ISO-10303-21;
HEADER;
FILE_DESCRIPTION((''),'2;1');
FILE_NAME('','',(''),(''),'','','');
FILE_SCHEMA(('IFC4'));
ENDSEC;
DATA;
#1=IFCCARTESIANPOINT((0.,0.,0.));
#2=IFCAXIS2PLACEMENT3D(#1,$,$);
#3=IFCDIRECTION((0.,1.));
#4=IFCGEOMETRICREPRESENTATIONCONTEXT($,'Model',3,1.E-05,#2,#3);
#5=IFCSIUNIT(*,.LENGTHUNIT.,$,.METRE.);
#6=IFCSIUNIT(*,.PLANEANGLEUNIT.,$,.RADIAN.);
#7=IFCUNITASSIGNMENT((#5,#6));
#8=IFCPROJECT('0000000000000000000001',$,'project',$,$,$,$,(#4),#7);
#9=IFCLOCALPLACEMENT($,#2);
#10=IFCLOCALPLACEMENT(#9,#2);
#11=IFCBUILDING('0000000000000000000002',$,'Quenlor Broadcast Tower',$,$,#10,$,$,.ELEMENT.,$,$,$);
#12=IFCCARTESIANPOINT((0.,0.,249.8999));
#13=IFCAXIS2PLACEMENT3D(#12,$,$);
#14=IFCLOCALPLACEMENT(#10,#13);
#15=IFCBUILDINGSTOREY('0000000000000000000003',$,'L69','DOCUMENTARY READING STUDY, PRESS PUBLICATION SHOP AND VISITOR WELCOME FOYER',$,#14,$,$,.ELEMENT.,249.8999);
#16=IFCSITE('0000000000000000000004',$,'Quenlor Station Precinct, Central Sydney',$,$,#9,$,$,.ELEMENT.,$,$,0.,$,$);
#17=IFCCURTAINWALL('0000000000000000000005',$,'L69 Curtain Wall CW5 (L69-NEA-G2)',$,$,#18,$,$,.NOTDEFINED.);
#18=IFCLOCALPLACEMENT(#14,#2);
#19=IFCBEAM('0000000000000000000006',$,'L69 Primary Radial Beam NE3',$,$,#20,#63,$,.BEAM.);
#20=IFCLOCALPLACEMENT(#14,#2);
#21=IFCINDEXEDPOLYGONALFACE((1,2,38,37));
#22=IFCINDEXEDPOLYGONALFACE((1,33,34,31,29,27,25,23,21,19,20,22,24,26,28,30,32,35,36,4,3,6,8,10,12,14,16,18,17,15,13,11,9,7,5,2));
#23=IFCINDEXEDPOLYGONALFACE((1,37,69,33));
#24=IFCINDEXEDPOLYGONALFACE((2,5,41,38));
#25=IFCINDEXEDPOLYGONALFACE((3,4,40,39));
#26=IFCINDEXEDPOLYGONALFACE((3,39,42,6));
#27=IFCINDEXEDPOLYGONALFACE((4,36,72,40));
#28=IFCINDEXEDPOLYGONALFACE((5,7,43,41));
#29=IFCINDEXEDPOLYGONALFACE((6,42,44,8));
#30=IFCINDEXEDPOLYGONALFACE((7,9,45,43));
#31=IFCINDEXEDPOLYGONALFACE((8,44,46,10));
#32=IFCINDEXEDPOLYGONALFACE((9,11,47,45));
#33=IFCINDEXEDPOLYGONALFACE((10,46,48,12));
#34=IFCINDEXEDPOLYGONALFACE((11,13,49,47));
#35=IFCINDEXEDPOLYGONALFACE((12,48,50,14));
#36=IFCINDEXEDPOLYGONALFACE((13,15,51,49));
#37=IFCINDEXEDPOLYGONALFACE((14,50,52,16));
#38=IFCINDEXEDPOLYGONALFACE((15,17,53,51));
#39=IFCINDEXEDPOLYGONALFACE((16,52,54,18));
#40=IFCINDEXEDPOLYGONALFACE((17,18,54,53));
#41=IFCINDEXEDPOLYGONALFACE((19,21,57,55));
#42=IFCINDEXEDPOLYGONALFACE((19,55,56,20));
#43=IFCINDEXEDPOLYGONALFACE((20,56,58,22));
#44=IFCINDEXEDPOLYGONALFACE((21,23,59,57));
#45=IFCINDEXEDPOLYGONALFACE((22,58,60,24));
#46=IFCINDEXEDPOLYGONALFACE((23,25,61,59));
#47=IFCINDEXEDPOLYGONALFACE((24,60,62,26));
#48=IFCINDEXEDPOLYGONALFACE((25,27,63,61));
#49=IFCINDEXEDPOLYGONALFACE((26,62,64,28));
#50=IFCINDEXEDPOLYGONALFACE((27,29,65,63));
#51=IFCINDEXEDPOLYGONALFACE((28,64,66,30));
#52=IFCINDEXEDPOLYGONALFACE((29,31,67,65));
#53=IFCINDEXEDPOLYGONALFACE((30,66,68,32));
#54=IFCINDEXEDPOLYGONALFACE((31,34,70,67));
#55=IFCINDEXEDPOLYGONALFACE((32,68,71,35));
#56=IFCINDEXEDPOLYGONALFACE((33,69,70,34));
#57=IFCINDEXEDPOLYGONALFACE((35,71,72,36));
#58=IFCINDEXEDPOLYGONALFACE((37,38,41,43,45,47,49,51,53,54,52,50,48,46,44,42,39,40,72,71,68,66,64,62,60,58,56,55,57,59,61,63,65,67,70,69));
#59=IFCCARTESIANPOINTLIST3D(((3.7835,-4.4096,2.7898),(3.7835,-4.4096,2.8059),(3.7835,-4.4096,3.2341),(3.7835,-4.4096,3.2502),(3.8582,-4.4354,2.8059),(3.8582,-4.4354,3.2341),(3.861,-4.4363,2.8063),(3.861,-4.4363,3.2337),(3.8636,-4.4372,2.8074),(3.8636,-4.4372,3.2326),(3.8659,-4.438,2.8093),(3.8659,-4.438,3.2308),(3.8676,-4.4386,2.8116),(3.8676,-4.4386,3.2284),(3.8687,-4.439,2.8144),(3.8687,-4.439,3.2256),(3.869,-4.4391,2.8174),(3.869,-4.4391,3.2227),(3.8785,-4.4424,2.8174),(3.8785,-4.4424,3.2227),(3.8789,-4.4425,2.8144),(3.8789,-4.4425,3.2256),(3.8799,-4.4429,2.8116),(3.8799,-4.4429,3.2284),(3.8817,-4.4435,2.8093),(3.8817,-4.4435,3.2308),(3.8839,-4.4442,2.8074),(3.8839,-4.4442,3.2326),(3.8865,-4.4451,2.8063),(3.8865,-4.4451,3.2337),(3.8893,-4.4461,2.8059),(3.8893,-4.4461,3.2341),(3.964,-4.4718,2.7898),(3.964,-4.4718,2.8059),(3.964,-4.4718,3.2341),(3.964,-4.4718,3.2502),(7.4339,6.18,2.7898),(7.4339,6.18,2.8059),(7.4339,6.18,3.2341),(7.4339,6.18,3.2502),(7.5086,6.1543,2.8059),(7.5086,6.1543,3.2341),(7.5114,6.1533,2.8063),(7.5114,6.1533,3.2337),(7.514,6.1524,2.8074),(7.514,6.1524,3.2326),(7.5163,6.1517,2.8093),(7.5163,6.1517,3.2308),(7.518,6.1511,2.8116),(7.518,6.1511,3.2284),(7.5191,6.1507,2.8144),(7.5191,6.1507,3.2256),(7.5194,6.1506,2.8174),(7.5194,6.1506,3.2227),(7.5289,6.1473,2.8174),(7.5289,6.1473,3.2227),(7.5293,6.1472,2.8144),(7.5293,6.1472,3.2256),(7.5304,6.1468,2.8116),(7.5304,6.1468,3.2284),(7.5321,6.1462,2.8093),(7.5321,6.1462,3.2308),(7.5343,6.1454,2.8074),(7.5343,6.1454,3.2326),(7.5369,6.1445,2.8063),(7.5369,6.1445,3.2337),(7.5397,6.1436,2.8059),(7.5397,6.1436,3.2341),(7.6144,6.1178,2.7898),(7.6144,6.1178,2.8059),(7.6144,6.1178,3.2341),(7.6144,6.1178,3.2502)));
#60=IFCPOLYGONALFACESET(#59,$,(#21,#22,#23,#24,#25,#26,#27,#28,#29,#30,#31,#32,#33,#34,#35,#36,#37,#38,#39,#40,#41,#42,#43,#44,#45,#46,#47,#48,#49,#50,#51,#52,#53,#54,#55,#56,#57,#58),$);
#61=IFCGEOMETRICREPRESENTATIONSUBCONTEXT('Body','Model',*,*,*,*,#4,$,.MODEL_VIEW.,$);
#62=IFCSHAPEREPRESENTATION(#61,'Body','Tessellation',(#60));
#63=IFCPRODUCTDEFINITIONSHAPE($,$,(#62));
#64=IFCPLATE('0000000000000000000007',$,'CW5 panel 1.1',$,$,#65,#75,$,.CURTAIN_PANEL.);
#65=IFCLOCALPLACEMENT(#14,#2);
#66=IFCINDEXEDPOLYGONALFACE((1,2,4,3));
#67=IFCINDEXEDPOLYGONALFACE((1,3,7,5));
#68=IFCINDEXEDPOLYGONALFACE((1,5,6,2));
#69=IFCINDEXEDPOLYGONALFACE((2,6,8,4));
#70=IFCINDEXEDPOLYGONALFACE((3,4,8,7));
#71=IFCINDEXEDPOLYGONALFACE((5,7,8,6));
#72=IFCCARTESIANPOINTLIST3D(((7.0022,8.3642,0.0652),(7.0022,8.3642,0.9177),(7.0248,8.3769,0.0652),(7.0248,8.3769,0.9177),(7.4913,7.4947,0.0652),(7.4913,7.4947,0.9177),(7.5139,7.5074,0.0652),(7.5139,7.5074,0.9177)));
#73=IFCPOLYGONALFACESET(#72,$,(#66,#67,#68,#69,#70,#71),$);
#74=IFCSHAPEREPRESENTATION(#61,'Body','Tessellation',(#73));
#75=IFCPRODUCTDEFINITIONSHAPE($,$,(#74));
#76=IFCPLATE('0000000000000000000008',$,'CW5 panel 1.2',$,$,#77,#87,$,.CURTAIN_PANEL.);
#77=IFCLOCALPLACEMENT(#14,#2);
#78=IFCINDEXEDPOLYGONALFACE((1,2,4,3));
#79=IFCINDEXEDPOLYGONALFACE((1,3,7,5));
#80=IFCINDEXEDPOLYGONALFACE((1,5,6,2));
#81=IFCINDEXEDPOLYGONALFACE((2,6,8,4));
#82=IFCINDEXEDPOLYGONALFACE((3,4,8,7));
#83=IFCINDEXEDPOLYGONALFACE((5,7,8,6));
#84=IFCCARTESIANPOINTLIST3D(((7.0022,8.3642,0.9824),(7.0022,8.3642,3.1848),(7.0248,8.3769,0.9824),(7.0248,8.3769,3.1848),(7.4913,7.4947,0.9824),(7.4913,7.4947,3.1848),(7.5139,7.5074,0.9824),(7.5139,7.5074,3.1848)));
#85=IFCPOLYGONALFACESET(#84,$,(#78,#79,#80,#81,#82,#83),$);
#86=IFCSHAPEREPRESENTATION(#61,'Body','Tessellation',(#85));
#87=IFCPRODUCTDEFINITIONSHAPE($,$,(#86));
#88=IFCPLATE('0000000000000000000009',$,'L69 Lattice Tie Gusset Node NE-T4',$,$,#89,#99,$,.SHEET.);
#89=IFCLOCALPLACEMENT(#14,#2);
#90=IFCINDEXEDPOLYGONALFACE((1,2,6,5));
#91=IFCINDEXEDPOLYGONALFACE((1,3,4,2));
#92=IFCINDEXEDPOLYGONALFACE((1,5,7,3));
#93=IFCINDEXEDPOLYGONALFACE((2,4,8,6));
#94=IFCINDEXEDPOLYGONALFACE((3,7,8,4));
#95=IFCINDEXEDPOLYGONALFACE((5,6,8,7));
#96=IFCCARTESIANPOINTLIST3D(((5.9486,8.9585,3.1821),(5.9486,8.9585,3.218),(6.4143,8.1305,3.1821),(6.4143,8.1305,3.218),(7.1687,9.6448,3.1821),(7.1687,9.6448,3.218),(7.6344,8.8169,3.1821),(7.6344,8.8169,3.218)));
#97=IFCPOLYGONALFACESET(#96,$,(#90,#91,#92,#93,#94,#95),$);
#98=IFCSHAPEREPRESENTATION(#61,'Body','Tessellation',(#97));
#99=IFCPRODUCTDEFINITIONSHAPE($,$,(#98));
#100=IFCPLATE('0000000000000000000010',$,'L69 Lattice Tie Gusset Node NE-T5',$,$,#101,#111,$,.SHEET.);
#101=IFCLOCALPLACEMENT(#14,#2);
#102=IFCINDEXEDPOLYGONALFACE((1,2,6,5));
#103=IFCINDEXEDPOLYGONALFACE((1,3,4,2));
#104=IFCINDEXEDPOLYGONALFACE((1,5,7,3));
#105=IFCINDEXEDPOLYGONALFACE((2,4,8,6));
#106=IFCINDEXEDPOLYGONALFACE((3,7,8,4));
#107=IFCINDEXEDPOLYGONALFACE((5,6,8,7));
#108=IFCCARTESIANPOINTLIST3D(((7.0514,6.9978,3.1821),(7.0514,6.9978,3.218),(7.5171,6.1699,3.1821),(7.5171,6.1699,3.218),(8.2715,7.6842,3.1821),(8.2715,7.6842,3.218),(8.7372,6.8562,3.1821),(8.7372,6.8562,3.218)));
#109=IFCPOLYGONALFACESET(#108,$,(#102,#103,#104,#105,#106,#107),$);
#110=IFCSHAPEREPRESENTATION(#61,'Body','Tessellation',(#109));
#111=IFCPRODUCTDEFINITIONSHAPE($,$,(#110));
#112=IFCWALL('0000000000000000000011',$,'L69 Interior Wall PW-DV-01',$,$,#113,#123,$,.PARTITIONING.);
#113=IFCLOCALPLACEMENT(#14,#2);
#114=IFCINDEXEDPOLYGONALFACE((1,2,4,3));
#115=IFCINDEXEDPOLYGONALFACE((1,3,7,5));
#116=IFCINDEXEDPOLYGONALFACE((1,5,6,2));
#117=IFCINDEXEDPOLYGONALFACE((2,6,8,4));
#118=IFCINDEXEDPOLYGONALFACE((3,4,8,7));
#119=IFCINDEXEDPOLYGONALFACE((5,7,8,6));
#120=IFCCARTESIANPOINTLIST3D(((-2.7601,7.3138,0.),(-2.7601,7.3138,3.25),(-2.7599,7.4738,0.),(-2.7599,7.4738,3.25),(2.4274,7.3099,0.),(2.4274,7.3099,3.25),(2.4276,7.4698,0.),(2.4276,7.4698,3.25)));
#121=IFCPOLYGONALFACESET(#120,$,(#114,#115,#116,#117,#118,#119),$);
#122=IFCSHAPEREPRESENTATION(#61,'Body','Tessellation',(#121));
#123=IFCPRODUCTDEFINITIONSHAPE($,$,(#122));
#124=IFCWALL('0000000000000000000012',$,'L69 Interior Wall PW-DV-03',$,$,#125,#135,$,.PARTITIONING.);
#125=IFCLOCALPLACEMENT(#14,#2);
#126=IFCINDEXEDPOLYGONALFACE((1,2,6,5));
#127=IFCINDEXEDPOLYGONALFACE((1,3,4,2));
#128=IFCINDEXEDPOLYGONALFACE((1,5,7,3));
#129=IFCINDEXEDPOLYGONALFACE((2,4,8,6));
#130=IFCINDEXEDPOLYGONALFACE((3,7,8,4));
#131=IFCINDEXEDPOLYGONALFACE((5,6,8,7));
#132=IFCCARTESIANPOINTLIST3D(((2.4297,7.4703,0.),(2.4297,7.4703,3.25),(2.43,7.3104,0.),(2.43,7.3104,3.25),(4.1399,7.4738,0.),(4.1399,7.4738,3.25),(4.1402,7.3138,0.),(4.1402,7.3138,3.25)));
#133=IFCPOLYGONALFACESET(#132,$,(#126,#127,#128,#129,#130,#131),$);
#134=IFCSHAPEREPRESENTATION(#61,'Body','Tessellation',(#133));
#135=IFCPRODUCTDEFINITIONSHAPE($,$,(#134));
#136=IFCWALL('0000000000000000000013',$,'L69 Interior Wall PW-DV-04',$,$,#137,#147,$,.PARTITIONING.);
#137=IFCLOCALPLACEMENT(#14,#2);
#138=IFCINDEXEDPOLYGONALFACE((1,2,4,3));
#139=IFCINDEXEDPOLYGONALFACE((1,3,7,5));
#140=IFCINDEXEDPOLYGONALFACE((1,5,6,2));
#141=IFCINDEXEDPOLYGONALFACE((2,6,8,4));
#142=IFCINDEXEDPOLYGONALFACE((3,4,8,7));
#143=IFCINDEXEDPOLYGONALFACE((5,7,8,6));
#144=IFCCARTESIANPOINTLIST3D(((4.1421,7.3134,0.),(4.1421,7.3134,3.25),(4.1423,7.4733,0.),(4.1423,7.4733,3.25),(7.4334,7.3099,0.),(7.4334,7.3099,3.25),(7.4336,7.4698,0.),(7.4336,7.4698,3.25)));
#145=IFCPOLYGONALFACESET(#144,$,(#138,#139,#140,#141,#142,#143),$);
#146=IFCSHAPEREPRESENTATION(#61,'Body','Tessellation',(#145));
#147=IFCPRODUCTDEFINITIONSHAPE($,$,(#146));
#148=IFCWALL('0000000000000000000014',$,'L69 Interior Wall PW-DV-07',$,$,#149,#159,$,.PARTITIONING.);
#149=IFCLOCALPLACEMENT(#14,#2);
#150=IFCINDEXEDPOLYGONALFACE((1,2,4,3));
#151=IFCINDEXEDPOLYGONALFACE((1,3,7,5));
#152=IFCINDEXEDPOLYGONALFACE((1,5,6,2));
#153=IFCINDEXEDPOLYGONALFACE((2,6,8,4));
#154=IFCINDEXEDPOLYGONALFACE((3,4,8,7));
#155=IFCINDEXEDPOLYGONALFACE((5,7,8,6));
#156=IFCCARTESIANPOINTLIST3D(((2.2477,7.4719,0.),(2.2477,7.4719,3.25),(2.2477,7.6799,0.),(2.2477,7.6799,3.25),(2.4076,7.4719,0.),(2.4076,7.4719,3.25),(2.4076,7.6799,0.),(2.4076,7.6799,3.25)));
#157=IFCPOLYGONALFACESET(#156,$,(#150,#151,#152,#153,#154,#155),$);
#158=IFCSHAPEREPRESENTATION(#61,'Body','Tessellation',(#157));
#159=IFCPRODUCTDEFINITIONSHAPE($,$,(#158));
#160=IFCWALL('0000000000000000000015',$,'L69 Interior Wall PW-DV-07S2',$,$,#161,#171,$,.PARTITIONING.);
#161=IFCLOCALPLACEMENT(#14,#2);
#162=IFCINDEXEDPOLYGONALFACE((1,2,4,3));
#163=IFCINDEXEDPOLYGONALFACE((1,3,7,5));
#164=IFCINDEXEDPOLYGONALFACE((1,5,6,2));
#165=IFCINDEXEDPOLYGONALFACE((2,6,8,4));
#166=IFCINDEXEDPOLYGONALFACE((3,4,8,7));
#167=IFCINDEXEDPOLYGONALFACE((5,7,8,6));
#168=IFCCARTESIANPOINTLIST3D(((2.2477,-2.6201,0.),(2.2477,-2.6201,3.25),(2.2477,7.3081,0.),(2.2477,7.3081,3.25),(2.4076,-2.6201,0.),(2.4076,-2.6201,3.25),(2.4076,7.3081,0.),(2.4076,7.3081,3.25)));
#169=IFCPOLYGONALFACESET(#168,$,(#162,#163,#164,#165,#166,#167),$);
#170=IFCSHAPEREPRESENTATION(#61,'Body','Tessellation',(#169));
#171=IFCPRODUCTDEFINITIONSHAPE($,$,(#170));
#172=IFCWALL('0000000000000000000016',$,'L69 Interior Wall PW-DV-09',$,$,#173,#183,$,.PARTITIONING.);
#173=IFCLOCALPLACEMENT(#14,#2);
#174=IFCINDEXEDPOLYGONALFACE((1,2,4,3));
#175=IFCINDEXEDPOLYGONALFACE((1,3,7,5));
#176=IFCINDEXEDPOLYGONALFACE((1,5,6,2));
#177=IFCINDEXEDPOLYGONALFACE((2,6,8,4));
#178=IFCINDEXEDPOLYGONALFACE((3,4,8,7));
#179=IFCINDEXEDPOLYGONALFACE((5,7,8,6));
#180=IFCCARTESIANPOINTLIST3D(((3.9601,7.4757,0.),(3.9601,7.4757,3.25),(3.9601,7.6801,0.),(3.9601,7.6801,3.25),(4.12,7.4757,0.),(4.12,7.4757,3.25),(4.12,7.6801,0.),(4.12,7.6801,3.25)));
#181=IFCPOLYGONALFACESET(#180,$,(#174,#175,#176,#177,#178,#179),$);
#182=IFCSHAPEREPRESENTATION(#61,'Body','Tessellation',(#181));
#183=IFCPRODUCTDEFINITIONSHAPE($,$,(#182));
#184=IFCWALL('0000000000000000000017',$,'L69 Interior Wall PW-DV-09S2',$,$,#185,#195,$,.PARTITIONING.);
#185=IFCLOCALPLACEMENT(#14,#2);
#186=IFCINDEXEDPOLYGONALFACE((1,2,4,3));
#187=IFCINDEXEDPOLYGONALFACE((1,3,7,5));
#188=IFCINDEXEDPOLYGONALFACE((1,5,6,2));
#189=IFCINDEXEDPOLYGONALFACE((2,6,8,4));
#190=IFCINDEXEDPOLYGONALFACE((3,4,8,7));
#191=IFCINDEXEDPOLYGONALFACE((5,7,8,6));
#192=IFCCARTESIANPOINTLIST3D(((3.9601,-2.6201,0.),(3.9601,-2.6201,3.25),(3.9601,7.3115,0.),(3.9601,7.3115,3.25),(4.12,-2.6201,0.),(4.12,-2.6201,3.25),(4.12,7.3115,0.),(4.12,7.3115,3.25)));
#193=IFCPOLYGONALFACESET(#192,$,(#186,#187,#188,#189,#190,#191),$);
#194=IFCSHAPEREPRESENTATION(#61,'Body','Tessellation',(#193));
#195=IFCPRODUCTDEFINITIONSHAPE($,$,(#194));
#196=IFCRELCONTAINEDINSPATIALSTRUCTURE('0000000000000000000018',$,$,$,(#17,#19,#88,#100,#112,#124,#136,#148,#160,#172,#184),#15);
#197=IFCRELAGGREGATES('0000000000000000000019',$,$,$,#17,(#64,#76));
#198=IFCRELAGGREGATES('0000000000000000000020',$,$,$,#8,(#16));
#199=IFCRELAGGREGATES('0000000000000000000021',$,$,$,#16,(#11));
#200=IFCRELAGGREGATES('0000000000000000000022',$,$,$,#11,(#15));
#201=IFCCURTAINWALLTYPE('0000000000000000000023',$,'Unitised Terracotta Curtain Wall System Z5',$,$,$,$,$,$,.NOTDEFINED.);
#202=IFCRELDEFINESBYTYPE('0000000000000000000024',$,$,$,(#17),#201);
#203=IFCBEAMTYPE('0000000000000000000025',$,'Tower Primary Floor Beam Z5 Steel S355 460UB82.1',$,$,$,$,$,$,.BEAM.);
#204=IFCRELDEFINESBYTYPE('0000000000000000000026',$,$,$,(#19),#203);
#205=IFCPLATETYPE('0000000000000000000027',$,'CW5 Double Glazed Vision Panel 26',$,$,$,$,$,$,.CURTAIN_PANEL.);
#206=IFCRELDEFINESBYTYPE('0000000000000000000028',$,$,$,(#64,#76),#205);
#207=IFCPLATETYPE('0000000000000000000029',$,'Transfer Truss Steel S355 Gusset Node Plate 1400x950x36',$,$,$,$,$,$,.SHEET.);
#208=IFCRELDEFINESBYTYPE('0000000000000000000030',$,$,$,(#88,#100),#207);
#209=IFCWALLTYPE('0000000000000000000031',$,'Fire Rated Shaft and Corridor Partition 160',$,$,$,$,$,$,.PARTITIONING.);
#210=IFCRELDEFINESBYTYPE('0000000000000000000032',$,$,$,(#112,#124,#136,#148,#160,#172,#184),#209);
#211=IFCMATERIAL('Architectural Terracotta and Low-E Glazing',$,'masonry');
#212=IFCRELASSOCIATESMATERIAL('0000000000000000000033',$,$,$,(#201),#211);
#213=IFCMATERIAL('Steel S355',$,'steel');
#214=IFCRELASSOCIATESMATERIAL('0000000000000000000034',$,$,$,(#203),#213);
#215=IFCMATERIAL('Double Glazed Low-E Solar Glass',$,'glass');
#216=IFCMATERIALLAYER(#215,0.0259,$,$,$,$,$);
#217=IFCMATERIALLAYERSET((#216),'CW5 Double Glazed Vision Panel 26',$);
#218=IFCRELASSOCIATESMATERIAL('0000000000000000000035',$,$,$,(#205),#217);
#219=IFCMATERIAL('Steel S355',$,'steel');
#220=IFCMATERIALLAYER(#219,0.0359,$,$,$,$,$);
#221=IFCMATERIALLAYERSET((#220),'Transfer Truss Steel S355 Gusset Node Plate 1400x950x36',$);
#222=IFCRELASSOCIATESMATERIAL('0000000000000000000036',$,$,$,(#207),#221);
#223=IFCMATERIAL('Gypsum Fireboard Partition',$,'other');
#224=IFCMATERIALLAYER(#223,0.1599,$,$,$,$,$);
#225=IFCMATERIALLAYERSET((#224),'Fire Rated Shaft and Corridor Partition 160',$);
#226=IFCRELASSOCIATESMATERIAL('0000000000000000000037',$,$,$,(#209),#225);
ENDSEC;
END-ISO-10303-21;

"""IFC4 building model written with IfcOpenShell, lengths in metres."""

from ifc_helpers import new_model, si_unit, direction, frame, frame_2d, origin, origin_2d, place, context, subcontext, project, spatial, rectangle, i_section, extrude, material, layer, layer_set, material_profile, profile_set, type_object, element, aggregate, save


model = new_model("IFC4")

# Units and contexts
model_context = context("Model", 3, precision=1e-05, world=origin(), true_north=direction((0.0, 1.0)))
body_context = subcontext(model_context, "Body", "Model", "MODEL_VIEW")
ifc_project = project(units=[si_unit("LENGTHUNIT", "METRE"), si_unit("PLANEANGLEUNIT", "RADIAN")], contexts=[model_context])

# Site, building, storey
site_placement = place(None, origin())
site = spatial("IfcSite", under=ifc_project, at=site_placement, Name="Quenlor Station Precinct, Central Sydney", CompositionType="ELEMENT", RefElevation=0.0)
building_placement = place(site_placement, origin())
building = spatial("IfcBuilding", under=site, at=building_placement, Name="Quenlor Broadcast Tower", CompositionType="ELEMENT")
storey_placement = place(building_placement, frame((0.0, 0.0, 249.8999)))
storey = spatial("IfcBuildingStorey", under=building, at=storey_placement, Name="L69", Description="DOCUMENTARY READING STUDY, PRESS PUBLICATION SHOP AND VISITOR WELCOME FOYER", CompositionType="ELEMENT", Elevation=249.8999)

# Curtain wall
ifc_material_1 = material(Name="Architectural Terracotta and Low-E Glazing", Category="masonry")
curtain_wall_type = type_object("IfcCurtainWallType", Name="Unitised Terracotta Curtain Wall System Z5", PredefinedType="NOTDEFINED", material=ifc_material_1)
curtain_wall_placement = place(storey_placement, origin())
curtain_wall = element("IfcCurtainWall", 1, at=curtain_wall_placement, inside=storey, type_object=curtain_wall_type, Name="L69 Curtain Wall CW5 (L69-NEA-G2)", PredefinedType="NOTDEFINED")

# Beam
ifc_material_2 = material(Name="Steel S355", Category="steel")
ifc_material_profile_1 = material_profile(ifc_material_2, i_section(OverallWidth=0.1909, OverallDepth=0.4604, WebThickness=0.01, FlangeThickness=0.0161, FilletRadius=0.0115, at=origin_2d()))
ifc_profile_set_1 = profile_set([ifc_material_profile_1], Name="Steel S355 460UB82.1")
beam_type_1 = type_object("IfcBeamType", Name="Tower Primary Floor Beam Z5 Steel S355 460UB82.1", PredefinedType="BEAM", material=ifc_profile_set_1)
beam_1_placement = place(storey_placement, frame((7.5242, 6.1489, 3.02), z_axis=(-0.325895, -0.945406, 0.0), x_axis=(0.945406, -0.325895, 0.0)))
element("IfcBeam", 2, at=beam_1_placement, inside=storey, type_object=beam_type_1, Name="L69 Primary Radial Beam NE3", PredefinedType="BEAM", context=body_context, shape_type="SweptSolid", body=[
    extrude(i_section(OverallWidth=0.1909, OverallDepth=0.4604, WebThickness=0.01, FlangeThickness=0.0161, FilletRadius=0.0115, at=origin_2d()), origin(), (0.0, 0.0, 1.0), 11.2012),
])

# Plates
ifc_material_3 = material(Name="Double Glazed Low-E Solar Glass", Category="glass")
ifc_layer_1 = layer(ifc_material_3, 0.0259)
ifc_layer_set_1 = layer_set([ifc_layer_1], Name="CW5 Double Glazed Vision Panel 26")
plate_type_1 = type_object("IfcPlateType", Name="CW5 Double Glazed Vision Panel 26", PredefinedType="CURTAIN_PANEL", material=ifc_layer_set_1)
plate_1_placement = place(storey_placement, frame((7.2581, 7.9358, 0.0652), z_axis=(0.0, 0.0, 1.0), x_axis=(0.490282, -0.871564, 0.0)))
plate_1 = element("IfcPlate", 3, at=plate_1_placement, type_object=plate_type_1, Name="CW5 panel 1.1", PredefinedType="CURTAIN_PANEL", context=body_context, shape_type="SweptSolid", body=[
    extrude(rectangle(XDim=0.9976, YDim=0.0259, at=origin_2d()), origin(), (0.0, 0.0, 1.0), 0.8525),
])
plate_2_placement = place(storey_placement, frame((7.2581, 7.9358, 0.9824), z_axis=(0.0, 0.0, 1.0), x_axis=(0.490282, -0.871564, 0.0)))
plate_2 = element("IfcPlate", 4, at=plate_2_placement, type_object=plate_type_1, Name="CW5 panel 1.2", PredefinedType="CURTAIN_PANEL", context=body_context, shape_type="SweptSolid", body=[
    extrude(rectangle(XDim=0.9976, YDim=0.0259, at=origin_2d()), origin(), (0.0, 0.0, 1.0), 2.2024),
])
aggregate(curtain_wall, [plate_1, plate_2])

# Plates
ifc_material_4 = material(Name="Steel S355", Category="steel")
ifc_layer_2 = layer(ifc_material_4, 0.0359)
ifc_layer_set_2 = layer_set([ifc_layer_2], Name="Transfer Truss Steel S355 Gusset Node Plate 1400x950x36")
plate_type_2 = type_object("IfcPlateType", Name="Transfer Truss Steel S355 Gusset Node Plate 1400x950x36", PredefinedType="SHEET", material=ifc_layer_set_2)
for number, where, z_axis, x_axis, name in (
    (5, (6.7915, 8.8877, 3.1821), (0.0, 0.0, 1.0), (0.871556, 0.490295, 0.0), "L69 Lattice Tie Gusset Node NE-T4"),
    (6, (7.8943, 6.927, 3.1821), (0.0, 0.0, 1.0), (0.871556, 0.490295, 0.0), "L69 Lattice Tie Gusset Node NE-T5"),
):
    element("IfcPlate", number, at=place(storey_placement, frame(where, z_axis=z_axis, x_axis=x_axis)), inside=storey, type_object=plate_type_2, Name=name, PredefinedType="SHEET", context=body_context, shape_type="SweptSolid", body=[
        extrude(rectangle(XDim=1.3999, YDim=0.95, at=origin_2d()), origin(), (0.0, 0.0, 1.0), 0.0359),
    ])

# Walls
ifc_material_5 = material(Name="Gypsum Fireboard Partition", Category="other")
ifc_layer_3 = layer(ifc_material_5, 0.1599)
ifc_layer_set_3 = layer_set([ifc_layer_3], Name="Fire Rated Shaft and Corridor Partition 160")
wall_type_1 = type_object("IfcWallType", Name="Fire Rated Shaft and Corridor Partition 160", PredefinedType="PARTITIONING", material=ifc_layer_set_3)
wall_1_placement = place(storey_placement, frame((2.4275, 7.3899, 0.0), z_axis=(0.0, 0.0, 1.0), x_axis=(-1.0, 0.000753, 0.0)))
element("IfcWall", 7, at=wall_1_placement, inside=storey, type_object=wall_type_1, Name="L69 Interior Wall PW-DV-01", PredefinedType="PARTITIONING", context=body_context, shape_type="SweptSolid", body=[
    extrude(rectangle(XDim=5.1875, YDim=0.1599, at=frame_2d((2.5938, 0.0))), origin(), (0.0, 0.0, 1.0), 3.25),
])
wall_2_placement = place(storey_placement, frame((4.1399, 7.3938, 0.0), z_axis=(0.0, 0.0, 1.0), x_axis=(-0.999998, -0.001999, 0.0)))
element("IfcWall", 8, at=wall_2_placement, inside=storey, type_object=wall_type_1, Name="L69 Interior Wall PW-DV-03", PredefinedType="PARTITIONING", context=body_context, shape_type="SweptSolid", body=[
    extrude(rectangle(XDim=1.7102, YDim=0.1599, at=frame_2d((0.855, 0.0))), origin(), (0.0, 0.0, 1.0), 3.25),
])
wall_3_placement = place(storey_placement, frame((7.4333, 7.3899, 0.0), z_axis=(0.0, 0.0, 1.0), x_axis=(-0.999999, 0.001038, 0.0)))
element("IfcWall", 9, at=wall_3_placement, inside=storey, type_object=wall_type_1, Name="L69 Interior Wall PW-DV-04", PredefinedType="PARTITIONING", context=body_context, shape_type="SweptSolid", body=[
    extrude(rectangle(XDim=3.2913, YDim=0.1599, at=frame_2d((1.6455, 0.0))), origin(), (0.0, 0.0, 1.0), 3.25),
])
wall_4_placement = place(storey_placement, frame((2.3276, 7.6799, 0.0), z_axis=(0.0, 0.0, 1.0), x_axis=(0.0, -1.0, 0.0)))
element("IfcWall", 10, at=wall_4_placement, inside=storey, type_object=wall_type_1, Name="L69 Interior Wall PW-DV-07", PredefinedType="PARTITIONING", context=body_context, shape_type="SweptSolid", body=[
    extrude(rectangle(XDim=0.208, YDim=0.1599, at=frame_2d((0.104, 0.0))), origin(), (0.0, 0.0, 1.0), 3.25),
])
wall_5_placement = place(storey_placement, frame((2.3276, 7.3081, 0.0), z_axis=(0.0, 0.0, 1.0), x_axis=(0.0, -1.0, 0.0)))
element("IfcWall", 11, at=wall_5_placement, inside=storey, type_object=wall_type_1, Name="L69 Interior Wall PW-DV-07S2", PredefinedType="PARTITIONING", context=body_context, shape_type="SweptSolid", body=[
    extrude(rectangle(XDim=9.9282, YDim=0.1599, at=frame_2d((4.9641, 0.0))), origin(), (0.0, 0.0, 1.0), 3.25),
])
wall_6_placement = place(storey_placement, frame((4.04, 7.6799, 0.0), z_axis=(0.0, 0.0, 1.0), x_axis=(0.0, -1.0, 0.0)))
element("IfcWall", 12, at=wall_6_placement, inside=storey, type_object=wall_type_1, Name="L69 Interior Wall PW-DV-09", PredefinedType="PARTITIONING", context=body_context, shape_type="SweptSolid", body=[
    extrude(rectangle(XDim=0.2043, YDim=0.1599, at=frame_2d((0.1021, 0.0))), origin(), (0.0, 0.0, 1.0), 3.25),
])
wall_7_placement = place(storey_placement, frame((4.04, 7.3115, 0.0), z_axis=(0.0, 0.0, 1.0), x_axis=(0.0, -1.0, 0.0)))
element("IfcWall", 13, at=wall_7_placement, inside=storey, type_object=wall_type_1, Name="L69 Interior Wall PW-DV-09S2", PredefinedType="PARTITIONING", context=body_context, shape_type="SweptSolid", body=[
    extrude(rectangle(XDim=9.9316, YDim=0.1599, at=frame_2d((4.9658, 0.0))), origin(), (0.0, 0.0, 1.0), 3.25),
])

save(model, "model.ifc")
